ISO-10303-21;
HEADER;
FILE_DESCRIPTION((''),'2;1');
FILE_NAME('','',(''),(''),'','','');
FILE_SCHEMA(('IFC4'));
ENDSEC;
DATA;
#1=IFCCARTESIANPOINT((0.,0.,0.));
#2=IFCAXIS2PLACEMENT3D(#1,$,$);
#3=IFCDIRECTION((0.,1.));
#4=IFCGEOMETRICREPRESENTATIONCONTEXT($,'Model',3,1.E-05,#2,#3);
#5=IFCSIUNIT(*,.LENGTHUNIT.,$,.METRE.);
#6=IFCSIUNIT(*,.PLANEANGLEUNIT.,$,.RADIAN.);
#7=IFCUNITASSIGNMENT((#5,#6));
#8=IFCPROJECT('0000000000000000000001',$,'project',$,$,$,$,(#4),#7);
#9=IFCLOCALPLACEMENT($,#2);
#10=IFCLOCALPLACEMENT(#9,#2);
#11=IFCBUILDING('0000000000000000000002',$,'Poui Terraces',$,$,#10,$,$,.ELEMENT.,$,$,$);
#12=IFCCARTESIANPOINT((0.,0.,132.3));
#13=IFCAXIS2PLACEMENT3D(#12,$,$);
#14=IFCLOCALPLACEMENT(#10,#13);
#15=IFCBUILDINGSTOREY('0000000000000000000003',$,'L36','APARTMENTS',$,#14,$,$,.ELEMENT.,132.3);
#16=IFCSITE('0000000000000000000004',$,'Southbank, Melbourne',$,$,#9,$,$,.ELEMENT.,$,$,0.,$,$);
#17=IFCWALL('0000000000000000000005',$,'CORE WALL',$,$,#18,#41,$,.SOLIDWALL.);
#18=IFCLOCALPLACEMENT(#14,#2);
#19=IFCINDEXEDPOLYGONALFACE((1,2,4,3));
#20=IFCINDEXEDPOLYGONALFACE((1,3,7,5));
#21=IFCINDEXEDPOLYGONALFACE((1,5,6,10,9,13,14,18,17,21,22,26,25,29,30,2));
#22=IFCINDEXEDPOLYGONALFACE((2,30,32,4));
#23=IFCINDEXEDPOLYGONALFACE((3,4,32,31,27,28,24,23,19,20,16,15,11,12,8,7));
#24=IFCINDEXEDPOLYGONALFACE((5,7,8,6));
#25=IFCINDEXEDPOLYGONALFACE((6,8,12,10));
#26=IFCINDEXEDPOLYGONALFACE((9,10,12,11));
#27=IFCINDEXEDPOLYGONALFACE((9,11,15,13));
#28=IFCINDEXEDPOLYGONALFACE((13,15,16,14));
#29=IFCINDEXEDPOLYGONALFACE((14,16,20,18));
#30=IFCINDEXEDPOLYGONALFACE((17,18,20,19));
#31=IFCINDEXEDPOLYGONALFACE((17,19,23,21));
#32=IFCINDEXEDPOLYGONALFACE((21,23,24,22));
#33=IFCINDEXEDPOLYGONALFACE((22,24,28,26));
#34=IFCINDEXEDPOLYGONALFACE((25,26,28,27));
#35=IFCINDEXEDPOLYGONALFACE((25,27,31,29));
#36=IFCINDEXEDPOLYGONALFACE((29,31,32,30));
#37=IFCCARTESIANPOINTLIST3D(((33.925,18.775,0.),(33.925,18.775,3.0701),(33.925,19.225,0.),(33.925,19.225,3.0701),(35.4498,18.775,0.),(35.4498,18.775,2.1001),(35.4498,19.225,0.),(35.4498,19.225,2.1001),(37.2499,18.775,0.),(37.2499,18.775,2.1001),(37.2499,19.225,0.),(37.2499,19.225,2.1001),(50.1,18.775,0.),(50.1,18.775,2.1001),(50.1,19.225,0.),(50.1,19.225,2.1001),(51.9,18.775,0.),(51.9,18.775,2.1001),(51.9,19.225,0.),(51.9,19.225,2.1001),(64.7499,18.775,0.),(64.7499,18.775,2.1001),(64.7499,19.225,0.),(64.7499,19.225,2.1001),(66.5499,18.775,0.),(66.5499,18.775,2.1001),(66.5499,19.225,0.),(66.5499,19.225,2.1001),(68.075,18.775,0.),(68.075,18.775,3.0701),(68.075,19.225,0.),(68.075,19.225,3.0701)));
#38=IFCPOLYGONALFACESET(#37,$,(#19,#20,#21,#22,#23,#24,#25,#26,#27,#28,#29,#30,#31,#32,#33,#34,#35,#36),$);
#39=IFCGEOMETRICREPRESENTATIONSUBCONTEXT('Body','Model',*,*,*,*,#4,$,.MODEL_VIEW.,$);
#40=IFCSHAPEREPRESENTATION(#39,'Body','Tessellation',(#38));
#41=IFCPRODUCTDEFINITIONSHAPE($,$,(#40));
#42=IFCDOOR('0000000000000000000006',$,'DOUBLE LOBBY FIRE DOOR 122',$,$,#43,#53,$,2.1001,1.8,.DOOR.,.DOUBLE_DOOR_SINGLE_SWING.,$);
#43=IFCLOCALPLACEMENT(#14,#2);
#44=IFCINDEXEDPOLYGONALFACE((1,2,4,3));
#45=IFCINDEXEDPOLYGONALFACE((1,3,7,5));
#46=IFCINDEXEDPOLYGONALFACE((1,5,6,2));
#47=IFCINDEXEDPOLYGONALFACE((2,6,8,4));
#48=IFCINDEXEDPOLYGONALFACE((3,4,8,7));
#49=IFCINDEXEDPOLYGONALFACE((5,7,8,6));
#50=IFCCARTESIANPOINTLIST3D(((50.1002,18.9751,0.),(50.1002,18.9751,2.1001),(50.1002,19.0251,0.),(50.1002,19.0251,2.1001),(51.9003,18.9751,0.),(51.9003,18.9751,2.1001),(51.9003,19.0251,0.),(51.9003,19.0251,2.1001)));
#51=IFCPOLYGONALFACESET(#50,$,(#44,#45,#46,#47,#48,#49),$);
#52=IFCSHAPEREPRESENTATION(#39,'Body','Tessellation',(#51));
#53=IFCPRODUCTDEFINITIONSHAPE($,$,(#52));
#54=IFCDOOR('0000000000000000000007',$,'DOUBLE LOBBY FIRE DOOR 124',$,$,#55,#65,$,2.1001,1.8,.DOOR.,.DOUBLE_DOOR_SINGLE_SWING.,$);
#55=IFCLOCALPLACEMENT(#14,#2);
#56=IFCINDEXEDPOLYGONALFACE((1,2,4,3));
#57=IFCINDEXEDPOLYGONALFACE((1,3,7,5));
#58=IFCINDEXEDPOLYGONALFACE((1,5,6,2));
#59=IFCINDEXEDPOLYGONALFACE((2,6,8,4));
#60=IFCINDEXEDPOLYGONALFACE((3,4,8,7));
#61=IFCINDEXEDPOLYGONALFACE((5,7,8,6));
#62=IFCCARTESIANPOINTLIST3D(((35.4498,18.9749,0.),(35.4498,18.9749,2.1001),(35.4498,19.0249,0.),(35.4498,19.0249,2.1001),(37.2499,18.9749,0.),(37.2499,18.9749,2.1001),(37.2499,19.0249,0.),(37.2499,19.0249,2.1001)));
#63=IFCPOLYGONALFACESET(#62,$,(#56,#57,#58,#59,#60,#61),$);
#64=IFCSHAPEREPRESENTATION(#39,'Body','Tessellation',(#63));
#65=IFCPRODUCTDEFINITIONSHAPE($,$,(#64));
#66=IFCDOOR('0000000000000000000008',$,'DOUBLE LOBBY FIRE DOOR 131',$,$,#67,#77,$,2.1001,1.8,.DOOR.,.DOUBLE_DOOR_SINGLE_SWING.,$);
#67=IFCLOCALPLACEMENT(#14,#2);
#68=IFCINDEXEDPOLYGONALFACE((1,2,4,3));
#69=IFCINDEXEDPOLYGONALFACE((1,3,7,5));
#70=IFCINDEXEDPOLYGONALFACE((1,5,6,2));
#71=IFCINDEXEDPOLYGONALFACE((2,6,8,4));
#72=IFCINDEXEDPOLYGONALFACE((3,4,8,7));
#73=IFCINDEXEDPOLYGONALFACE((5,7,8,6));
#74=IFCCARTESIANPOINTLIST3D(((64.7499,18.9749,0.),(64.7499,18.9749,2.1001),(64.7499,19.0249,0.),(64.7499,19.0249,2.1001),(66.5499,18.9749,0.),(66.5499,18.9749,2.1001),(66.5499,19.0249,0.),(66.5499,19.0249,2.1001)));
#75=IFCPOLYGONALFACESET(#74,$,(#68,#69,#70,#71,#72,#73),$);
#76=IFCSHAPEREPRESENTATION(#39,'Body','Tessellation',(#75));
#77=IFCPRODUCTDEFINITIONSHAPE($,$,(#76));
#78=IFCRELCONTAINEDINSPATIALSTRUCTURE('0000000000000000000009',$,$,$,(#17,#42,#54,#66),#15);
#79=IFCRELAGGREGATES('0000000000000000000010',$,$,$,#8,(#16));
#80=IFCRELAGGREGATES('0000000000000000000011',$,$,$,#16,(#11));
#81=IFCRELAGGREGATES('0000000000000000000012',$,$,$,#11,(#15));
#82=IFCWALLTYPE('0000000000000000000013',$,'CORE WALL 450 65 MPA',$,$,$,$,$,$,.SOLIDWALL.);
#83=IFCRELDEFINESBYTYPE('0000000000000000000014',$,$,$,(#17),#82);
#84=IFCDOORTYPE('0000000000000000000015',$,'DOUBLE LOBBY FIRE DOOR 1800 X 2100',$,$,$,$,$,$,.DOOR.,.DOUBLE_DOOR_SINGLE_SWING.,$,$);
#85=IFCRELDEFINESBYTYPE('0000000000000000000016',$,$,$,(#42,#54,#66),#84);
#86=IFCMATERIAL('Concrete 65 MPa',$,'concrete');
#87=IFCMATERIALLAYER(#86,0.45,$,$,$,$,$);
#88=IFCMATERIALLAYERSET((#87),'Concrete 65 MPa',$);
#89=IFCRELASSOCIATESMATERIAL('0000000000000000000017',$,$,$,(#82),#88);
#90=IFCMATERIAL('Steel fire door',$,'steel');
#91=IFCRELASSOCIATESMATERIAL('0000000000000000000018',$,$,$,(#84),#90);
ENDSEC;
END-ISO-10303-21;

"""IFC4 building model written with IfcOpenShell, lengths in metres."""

from ifc_helpers import new_model, si_unit, direction, frame, frame_2d, origin, place, context, subcontext, project, spatial, rectangle, extrude, material, layer, layer_set, type_object, element, fill, save


model = new_model("IFC4")

# Units and contexts
model_context = context("Model", 3, precision=1e-05, world=origin(), true_north=direction((0.0, 1.0)))
body_context = subcontext(model_context, "Body", "Model", "MODEL_VIEW")
ifc_project = project(units=[si_unit("LENGTHUNIT", "METRE"), si_unit("PLANEANGLEUNIT", "RADIAN")], contexts=[model_context])

# Site, building, storey
site_placement = place(None, origin())
site = spatial("IfcSite", under=ifc_project, at=site_placement, Name="Southbank, Melbourne", CompositionType="ELEMENT", RefElevation=0.0)
building_placement = place(site_placement, origin())
building = spatial("IfcBuilding", under=site, at=building_placement, Name="Poui Terraces", CompositionType="ELEMENT")
storey_placement = place(building_placement, frame((0.0, 0.0, 132.3)))
storey = spatial("IfcBuildingStorey", under=building, at=storey_placement, Name="L36", Description="APARTMENTS", CompositionType="ELEMENT", Elevation=132.3)

# Wall, openings, doors
ifc_material_1 = material(Name="Concrete 65 MPa", Category="concrete")
ifc_layer_1 = layer(ifc_material_1, 0.45)
ifc_layer_set_1 = layer_set([ifc_layer_1], Name="Concrete 65 MPa")
wall_type_1 = type_object("IfcWallType", Name="CORE WALL 450 65 MPA", PredefinedType="SOLIDWALL", material=ifc_layer_set_1)
wall_1_placement = place(storey_placement, frame((33.925, 19.0, 0.0), z_axis=(0.0, 0.0, 1.0), x_axis=(1.0, 0.0, 0.0)))
wall_1 = element("IfcWall", 1, at=wall_1_placement, inside=storey, type_object=wall_type_1, Name="CORE WALL", PredefinedType="SOLIDWALL", context=body_context, shape_type="SweptSolid", body=[
    extrude(rectangle(XDim=34.1499, YDim=0.45, at=frame_2d((17.075, 0.0))), origin(), (0.0, 0.0, 1.0), 3.0701),
])
opening_1_placement = place(wall_1_placement, frame((16.175, 0.0, 0.0)))
opening_1 = element("IfcOpeningElement", 2, at=opening_1_placement, cuts=wall_1, PredefinedType="OPENING", context=body_context, shape_type="SweptSolid", body=[
    extrude(rectangle(XDim=1.8, YDim=2.1001, at=frame_2d((0.8999, 1.05))), frame((0.0, 0.2349, 0.0), z_axis=(0.0, -1.0, 0.0), x_axis=(1.0, 0.0, 0.0)), (0.0, 0.0, 1.0), 0.47),
])
opening_2_placement = place(wall_1_placement, frame((1.5249, 0.0, 0.0)))
opening_2 = element("IfcOpeningElement", 3, at=opening_2_placement, cuts=wall_1, PredefinedType="OPENING", context=body_context, shape_type="SweptSolid", body=[
    extrude(rectangle(XDim=1.8, YDim=2.1001, at=frame_2d((0.8999, 1.05))), frame((0.0, 0.2349, 0.0), z_axis=(0.0, -1.0, 0.0), x_axis=(1.0, 0.0, 0.0)), (0.0, 0.0, 1.0), 0.47),
])
opening_3_placement = place(wall_1_placement, frame((30.825, 0.0, 0.0)))
opening_3 = element("IfcOpeningElement", 4, at=opening_3_placement, cuts=wall_1, PredefinedType="OPENING", context=body_context, shape_type="SweptSolid", body=[
    extrude(rectangle(XDim=1.8, YDim=2.1001, at=frame_2d((0.8999, 1.05))), frame((0.0, 0.2349, 0.0), z_axis=(0.0, -1.0, 0.0), x_axis=(1.0, 0.0, 0.0)), (0.0, 0.0, 1.0), 0.47),
])
ifc_material_2 = material(Name="Steel fire door", Category="steel")
door_type_1 = type_object("IfcDoorType", Name="DOUBLE LOBBY FIRE DOOR 1800 X 2100", OperationType="DOUBLE_DOOR_SINGLE_SWING", PredefinedType="DOOR", material=ifc_material_2)
door_1_placement = place(opening_1_placement, frame((1.8, 0.0, 0.0), z_axis=(0.0, 0.0, 1.0), x_axis=(-1.0, 0.0, 0.0)))
door_1 = element("IfcDoor", 5, at=door_1_placement, inside=storey, type_object=door_type_1, Name="DOUBLE LOBBY FIRE DOOR 122", OperationType="DOUBLE_DOOR_SINGLE_SWING", OverallHeight=2.1001, OverallWidth=1.8, PredefinedType="DOOR", context=body_context, shape_type="SweptSolid", body=[
    extrude(rectangle(XDim=1.8, YDim=2.1001, at=frame_2d((0.8999, 1.05))), frame((0.0, 0.0249, 0.0), z_axis=(0.0, -1.0, 0.0), x_axis=(1.0, 0.0, 0.0)), (0.0, 0.0, 1.0), 0.05),
])
fill(opening_1, door_1)
door_2_placement = place(opening_2_placement, origin())
door_2 = element("IfcDoor", 6, at=door_2_placement, inside=storey, type_object=door_type_1, Name="DOUBLE LOBBY FIRE DOOR 124", OperationType="DOUBLE_DOOR_SINGLE_SWING", OverallHeight=2.1001, OverallWidth=1.8, PredefinedType="DOOR", context=body_context, shape_type="SweptSolid", body=[
    extrude(rectangle(XDim=1.8, YDim=2.1001, at=frame_2d((0.8999, 1.05))), frame((0.0, 0.0249, 0.0), z_axis=(0.0, -1.0, 0.0), x_axis=(1.0, 0.0, 0.0)), (0.0, 0.0, 1.0), 0.05),
])
fill(opening_2, door_2)
door_3_placement = place(opening_3_placement, origin())
door_3 = element("IfcDoor", 7, at=door_3_placement, inside=storey, type_object=door_type_1, Name="DOUBLE LOBBY FIRE DOOR 131", OperationType="DOUBLE_DOOR_SINGLE_SWING", OverallHeight=2.1001, OverallWidth=1.8, PredefinedType="DOOR", context=body_context, shape_type="SweptSolid", body=[
    extrude(rectangle(XDim=1.8, YDim=2.1001, at=frame_2d((0.8999, 1.05))), frame((0.0, 0.0249, 0.0), z_axis=(0.0, -1.0, 0.0), x_axis=(1.0, 0.0, 0.0)), (0.0, 0.0, 1.0), 0.05),
])
fill(opening_3, door_3)

save(model, "model.ifc")
